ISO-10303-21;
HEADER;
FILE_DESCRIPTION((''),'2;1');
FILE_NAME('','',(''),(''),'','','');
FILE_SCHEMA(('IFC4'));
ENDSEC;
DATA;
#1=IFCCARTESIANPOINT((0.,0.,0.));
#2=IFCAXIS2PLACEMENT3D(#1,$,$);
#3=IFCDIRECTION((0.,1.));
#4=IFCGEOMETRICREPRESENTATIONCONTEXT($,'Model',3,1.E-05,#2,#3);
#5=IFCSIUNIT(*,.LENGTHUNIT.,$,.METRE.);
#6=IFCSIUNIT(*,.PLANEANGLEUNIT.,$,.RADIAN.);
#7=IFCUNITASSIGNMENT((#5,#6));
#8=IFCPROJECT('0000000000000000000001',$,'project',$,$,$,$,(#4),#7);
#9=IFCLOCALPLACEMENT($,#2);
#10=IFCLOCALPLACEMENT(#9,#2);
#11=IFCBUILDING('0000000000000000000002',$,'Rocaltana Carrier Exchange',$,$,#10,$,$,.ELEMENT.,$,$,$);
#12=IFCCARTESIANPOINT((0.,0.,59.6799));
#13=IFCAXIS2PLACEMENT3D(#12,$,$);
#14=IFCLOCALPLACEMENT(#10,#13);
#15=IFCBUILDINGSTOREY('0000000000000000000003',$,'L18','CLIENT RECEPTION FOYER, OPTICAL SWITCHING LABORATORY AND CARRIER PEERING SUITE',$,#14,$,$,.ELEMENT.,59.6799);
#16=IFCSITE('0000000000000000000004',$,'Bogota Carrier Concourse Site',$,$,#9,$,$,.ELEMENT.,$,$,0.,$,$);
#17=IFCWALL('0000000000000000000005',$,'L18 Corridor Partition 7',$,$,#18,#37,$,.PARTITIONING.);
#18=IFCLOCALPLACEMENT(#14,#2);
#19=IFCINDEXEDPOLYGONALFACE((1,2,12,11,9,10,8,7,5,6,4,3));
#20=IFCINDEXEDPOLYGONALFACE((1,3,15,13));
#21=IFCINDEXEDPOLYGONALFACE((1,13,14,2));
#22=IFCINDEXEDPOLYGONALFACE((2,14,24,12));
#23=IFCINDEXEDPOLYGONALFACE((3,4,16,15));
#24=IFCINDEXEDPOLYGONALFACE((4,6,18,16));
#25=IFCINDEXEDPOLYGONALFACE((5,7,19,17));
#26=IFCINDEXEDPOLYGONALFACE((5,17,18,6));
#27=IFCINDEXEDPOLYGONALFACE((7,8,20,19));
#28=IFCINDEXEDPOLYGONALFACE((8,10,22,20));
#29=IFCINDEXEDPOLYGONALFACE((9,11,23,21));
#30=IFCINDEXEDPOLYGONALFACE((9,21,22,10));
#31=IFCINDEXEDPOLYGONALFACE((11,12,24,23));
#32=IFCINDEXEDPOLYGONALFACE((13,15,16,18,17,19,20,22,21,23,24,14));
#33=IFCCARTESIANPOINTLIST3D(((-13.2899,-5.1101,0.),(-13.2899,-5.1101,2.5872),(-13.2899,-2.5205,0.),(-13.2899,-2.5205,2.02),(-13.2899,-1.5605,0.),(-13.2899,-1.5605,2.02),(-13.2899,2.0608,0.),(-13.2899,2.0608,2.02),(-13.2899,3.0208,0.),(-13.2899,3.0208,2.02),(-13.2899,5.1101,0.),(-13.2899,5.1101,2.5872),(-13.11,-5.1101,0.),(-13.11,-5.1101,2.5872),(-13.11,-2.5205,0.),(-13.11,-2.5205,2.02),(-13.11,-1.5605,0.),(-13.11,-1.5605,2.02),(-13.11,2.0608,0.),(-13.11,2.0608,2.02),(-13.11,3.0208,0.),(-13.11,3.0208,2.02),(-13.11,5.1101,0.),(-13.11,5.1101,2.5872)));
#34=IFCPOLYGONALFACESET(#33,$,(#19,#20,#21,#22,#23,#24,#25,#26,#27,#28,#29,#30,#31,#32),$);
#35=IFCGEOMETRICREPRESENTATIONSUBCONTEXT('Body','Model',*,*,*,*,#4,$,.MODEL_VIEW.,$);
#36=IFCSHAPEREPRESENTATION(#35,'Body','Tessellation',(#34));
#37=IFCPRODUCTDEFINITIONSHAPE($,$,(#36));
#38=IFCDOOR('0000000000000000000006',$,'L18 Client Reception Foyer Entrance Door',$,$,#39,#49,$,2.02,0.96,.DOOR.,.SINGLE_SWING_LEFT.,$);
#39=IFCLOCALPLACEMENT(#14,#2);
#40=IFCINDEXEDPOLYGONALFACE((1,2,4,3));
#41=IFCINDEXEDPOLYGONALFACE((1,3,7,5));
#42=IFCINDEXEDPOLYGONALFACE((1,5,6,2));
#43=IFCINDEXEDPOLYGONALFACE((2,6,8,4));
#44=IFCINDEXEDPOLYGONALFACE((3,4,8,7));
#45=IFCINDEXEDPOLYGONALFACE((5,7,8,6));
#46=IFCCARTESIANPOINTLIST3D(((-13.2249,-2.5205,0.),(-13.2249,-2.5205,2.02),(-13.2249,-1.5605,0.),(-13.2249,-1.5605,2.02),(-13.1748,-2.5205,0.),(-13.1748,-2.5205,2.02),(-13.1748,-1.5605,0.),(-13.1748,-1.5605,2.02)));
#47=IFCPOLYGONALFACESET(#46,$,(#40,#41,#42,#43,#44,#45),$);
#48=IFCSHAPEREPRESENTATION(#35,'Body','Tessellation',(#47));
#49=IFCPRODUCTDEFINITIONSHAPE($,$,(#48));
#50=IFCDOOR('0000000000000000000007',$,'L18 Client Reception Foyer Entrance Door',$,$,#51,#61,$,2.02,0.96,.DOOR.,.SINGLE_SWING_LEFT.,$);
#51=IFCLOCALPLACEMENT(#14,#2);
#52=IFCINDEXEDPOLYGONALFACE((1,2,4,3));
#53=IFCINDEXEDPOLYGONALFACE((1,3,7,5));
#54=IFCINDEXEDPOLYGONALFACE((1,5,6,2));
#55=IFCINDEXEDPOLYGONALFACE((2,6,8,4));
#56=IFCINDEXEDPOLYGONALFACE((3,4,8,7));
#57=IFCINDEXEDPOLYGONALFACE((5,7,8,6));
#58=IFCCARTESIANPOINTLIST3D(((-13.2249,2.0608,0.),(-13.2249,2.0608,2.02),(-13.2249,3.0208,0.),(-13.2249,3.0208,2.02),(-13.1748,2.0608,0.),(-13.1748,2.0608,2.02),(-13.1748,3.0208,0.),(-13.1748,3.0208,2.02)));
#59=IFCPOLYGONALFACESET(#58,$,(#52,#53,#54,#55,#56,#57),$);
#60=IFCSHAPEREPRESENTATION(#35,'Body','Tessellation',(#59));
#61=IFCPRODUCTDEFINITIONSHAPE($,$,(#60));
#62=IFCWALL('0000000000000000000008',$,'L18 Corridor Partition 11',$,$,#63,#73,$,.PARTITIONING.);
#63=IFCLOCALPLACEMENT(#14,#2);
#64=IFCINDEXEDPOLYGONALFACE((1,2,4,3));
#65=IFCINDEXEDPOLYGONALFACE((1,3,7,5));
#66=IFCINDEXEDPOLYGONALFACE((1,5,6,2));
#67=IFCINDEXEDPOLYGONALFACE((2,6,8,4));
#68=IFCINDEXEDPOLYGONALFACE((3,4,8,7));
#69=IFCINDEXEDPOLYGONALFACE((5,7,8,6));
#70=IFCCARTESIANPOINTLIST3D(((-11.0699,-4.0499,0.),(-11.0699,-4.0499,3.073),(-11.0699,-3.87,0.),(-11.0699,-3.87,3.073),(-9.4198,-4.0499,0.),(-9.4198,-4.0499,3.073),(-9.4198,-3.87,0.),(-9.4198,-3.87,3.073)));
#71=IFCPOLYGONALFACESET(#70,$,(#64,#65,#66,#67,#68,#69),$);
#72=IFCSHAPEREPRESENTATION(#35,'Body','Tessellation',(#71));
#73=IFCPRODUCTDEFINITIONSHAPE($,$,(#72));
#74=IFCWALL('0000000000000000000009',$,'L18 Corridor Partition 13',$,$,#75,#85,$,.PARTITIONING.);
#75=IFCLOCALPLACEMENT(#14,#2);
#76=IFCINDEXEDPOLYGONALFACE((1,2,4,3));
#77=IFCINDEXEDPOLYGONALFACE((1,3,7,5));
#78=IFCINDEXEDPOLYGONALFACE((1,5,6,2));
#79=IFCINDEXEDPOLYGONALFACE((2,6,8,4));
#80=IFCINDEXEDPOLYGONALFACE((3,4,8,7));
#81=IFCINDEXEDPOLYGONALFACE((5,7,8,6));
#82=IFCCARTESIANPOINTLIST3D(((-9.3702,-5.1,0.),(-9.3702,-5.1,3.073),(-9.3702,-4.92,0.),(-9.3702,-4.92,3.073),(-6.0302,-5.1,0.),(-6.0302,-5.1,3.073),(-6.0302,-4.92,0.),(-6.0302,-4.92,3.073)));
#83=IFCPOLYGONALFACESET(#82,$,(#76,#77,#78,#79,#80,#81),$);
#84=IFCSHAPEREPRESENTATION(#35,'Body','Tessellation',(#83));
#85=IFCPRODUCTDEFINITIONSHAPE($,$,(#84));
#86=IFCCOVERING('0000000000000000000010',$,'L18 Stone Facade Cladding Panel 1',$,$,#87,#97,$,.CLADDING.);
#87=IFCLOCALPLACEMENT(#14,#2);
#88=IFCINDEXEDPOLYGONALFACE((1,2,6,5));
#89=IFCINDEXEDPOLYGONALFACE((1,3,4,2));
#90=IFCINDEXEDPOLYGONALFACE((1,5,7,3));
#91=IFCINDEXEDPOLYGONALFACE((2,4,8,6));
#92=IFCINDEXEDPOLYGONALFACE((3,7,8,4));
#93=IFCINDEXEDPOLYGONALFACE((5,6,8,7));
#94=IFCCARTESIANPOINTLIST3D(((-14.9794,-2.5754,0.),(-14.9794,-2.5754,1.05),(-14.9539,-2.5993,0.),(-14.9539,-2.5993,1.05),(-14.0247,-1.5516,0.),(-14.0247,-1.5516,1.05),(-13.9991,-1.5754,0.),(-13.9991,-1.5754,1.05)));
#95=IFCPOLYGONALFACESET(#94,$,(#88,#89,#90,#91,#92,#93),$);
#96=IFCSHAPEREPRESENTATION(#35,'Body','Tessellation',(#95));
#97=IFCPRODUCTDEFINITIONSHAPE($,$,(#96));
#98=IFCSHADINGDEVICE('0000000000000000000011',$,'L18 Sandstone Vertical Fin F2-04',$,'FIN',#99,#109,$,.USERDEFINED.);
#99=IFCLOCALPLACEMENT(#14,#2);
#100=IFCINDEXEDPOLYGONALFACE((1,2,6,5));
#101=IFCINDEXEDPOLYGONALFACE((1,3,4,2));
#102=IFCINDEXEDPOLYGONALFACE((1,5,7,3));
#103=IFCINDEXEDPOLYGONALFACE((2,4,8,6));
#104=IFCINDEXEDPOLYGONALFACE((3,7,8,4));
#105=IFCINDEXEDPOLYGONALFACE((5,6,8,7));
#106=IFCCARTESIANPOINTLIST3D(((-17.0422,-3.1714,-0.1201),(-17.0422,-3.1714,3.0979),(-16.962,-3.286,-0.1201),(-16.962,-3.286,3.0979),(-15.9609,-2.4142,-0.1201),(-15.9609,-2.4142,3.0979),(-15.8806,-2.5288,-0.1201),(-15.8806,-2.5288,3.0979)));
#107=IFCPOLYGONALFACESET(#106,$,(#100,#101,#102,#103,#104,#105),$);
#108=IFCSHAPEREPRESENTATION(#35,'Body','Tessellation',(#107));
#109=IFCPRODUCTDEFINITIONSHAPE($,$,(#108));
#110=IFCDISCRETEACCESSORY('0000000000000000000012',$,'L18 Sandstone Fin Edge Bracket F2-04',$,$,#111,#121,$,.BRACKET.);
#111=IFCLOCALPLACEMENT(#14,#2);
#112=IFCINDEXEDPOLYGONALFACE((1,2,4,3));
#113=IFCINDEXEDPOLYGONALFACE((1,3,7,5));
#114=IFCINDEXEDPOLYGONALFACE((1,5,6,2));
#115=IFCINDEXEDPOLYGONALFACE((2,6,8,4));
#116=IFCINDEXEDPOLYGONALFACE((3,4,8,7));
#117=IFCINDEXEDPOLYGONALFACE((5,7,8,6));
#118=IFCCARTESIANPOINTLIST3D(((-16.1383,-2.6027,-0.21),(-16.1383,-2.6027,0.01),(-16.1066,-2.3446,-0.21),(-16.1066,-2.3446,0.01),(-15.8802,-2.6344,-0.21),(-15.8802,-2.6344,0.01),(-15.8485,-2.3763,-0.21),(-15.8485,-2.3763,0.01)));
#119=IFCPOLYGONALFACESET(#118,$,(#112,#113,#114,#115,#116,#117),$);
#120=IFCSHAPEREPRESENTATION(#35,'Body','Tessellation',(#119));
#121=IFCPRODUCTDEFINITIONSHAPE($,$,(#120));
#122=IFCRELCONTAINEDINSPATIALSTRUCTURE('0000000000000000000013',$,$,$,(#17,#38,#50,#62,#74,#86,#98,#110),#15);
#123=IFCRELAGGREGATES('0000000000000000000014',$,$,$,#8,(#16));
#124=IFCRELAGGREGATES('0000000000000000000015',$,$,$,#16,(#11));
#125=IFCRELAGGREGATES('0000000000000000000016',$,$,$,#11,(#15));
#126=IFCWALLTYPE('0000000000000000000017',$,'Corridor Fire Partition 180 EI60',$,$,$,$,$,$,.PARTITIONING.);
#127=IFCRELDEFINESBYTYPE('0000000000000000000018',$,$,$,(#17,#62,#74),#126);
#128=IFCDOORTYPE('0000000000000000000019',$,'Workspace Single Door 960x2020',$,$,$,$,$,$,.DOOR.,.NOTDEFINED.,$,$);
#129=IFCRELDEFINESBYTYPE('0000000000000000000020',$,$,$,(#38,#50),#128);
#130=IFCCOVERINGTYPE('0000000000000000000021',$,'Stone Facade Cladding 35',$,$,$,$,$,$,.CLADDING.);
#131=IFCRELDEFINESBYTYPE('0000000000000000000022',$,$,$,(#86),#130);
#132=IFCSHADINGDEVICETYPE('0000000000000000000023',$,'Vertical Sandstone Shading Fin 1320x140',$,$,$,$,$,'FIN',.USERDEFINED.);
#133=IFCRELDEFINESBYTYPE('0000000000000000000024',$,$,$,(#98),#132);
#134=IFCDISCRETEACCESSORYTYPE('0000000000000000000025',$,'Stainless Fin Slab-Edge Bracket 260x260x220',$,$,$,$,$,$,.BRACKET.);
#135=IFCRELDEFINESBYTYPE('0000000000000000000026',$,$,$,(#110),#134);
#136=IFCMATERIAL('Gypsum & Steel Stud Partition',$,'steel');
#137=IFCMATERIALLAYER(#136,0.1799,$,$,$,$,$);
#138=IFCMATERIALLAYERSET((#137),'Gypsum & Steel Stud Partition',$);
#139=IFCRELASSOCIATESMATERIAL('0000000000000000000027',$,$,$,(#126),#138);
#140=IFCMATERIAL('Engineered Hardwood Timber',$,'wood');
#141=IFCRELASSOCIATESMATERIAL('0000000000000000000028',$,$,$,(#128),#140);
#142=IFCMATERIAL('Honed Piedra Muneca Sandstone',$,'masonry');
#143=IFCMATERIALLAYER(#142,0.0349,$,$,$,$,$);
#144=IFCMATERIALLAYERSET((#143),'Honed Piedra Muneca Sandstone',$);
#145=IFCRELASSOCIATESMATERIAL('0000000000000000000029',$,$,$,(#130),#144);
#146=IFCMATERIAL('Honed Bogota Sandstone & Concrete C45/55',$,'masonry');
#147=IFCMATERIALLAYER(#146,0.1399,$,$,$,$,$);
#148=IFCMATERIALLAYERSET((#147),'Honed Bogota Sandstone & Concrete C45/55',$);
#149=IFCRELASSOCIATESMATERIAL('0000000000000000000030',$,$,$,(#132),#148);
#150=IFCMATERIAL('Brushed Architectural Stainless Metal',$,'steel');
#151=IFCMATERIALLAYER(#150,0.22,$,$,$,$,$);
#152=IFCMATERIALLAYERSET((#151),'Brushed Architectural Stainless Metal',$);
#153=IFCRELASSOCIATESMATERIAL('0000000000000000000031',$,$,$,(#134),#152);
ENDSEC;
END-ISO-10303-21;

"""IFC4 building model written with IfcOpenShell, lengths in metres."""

from ifc_helpers import new_model, si_unit, direction, frame, frame_2d, origin, origin_2d, place, context, subcontext, project, spatial, rectangle, extrude, material, layer, layer_set, type_object, element, fill, save


model = new_model("IFC4")

# Units and contexts
model_context = context("Model", 3, precision=1e-05, world=origin(), true_north=direction((0.0, 1.0)))
body_context = subcontext(model_context, "Body", "Model", "MODEL_VIEW")
ifc_project = project(units=[si_unit("LENGTHUNIT", "METRE"), si_unit("PLANEANGLEUNIT", "RADIAN")], contexts=[model_context])

# Site, building, storey
site_placement = place(None, origin())
site = spatial("IfcSite", under=ifc_project, at=site_placement, Name="Bogota Carrier Concourse Site", CompositionType="ELEMENT", RefElevation=0.0)
building_placement = place(site_placement, origin())
building = spatial("IfcBuilding", under=site, at=building_placement, Name="Rocaltana Carrier Exchange", CompositionType="ELEMENT")
storey_placement = place(building_placement, frame((0.0, 0.0, 59.6799)))
storey = spatial("IfcBuildingStorey", under=building, at=storey_placement, Name="L18", Description="CLIENT RECEPTION FOYER, OPTICAL SWITCHING LABORATORY AND CARRIER PEERING SUITE", CompositionType="ELEMENT", Elevation=59.6799)

# Wall, openings, doors
ifc_material_1 = material(Name="Gypsum & Steel Stud Partition", Category="steel")
ifc_layer_1 = layer(ifc_material_1, 0.1799)
ifc_layer_set_1 = layer_set([ifc_layer_1], Name="Gypsum & Steel Stud Partition")
wall_type_1 = type_object("IfcWallType", Name="Corridor Fire Partition 180 EI60", PredefinedType="PARTITIONING", material=ifc_layer_set_1)
wall_1_placement = place(storey_placement, frame((-13.2, -5.1101, 0.0), z_axis=(0.0, 0.0, 1.0), x_axis=(0.0, 1.0, 0.0)))
wall_1 = element("IfcWall", 1, at=wall_1_placement, inside=storey, type_object=wall_type_1, Name="L18 Corridor Partition 7", PredefinedType="PARTITIONING", context=body_context, shape_type="SweptSolid", body=[
    extrude(rectangle(XDim=10.2202, YDim=0.1799, at=frame_2d((5.1101, 0.0))), origin(), (0.0, 0.0, 1.0), 2.5872),
])
opening_1_placement = place(wall_1_placement, frame((2.5896, 0.0, 0.0)))
opening_1 = element("IfcOpeningElement", 2, at=opening_1_placement, cuts=wall_1, PredefinedType="OPENING", context=body_context, shape_type="SweptSolid", body=[
    extrude(rectangle(XDim=0.96, YDim=2.02, at=frame_2d((0.48, 1.01))), frame((0.0, 0.0999, 0.0), z_axis=(0.0, -1.0, 0.0), x_axis=(1.0, 0.0, 0.0)), (0.0, 0.0, 1.0), 0.2),
])
opening_2_placement = place(wall_1_placement, frame((7.1709, 0.0, 0.0)))
opening_2 = element("IfcOpeningElement", 3, at=opening_2_placement, cuts=wall_1, PredefinedType="OPENING", context=body_context, shape_type="SweptSolid", body=[
    extrude(rectangle(XDim=0.96, YDim=2.02, at=frame_2d((0.48, 1.01))), frame((0.0, 0.0999, 0.0), z_axis=(0.0, -1.0, 0.0), x_axis=(1.0, 0.0, 0.0)), (0.0, 0.0, 1.0), 0.2),
])
ifc_material_2 = material(Name="Engineered Hardwood Timber", Category="wood")
door_type = type_object("IfcDoorType", Name="Workspace Single Door 960x2020", OperationType="NOTDEFINED", PredefinedType="DOOR", material=ifc_material_2)
door_1_placement = place(opening_1_placement, origin())
door_1 = element("IfcDoor", 4, at=door_1_placement, inside=storey, type_object=door_type, Name="L18 Client Reception Foyer Entrance Door", OperationType="SINGLE_SWING_LEFT", OverallHeight=2.02, OverallWidth=0.96, PredefinedType="DOOR", context=body_context, shape_type="SweptSolid", body=[
    extrude(rectangle(XDim=0.96, YDim=2.02, at=frame_2d((0.48, 1.01))), frame((0.0, 0.0249, 0.0), z_axis=(0.0, -1.0, 0.0), x_axis=(1.0, 0.0, 0.0)), (0.0, 0.0, 1.0), 0.05),
])
fill(opening_1, door_1)
door_2_placement = place(opening_2_placement, origin())
door_2 = element("IfcDoor", 5, at=door_2_placement, inside=storey, type_object=door_type, Name="L18 Client Reception Foyer Entrance Door", OperationType="SINGLE_SWING_LEFT", OverallHeight=2.02, OverallWidth=0.96, PredefinedType="DOOR", context=body_context, shape_type="SweptSolid", body=[
    extrude(rectangle(XDim=0.96, YDim=2.02, at=frame_2d((0.48, 1.01))), frame((0.0, 0.0249, 0.0), z_axis=(0.0, -1.0, 0.0), x_axis=(1.0, 0.0, 0.0)), (0.0, 0.0, 1.0), 0.05),
])
fill(opening_2, door_2)

# Walls
wall_2_placement = place(storey_placement, frame((-11.0701, -3.96, 0.0), z_axis=(0.0, 0.0, 1.0), x_axis=(1.0, 0.0, 0.0)))
element("IfcWall", 6, at=wall_2_placement, inside=storey, type_object=wall_type_1, Name="L18 Corridor Partition 11", PredefinedType="PARTITIONING", context=body_context, shape_type="SweptSolid", body=[
    extrude(rectangle(XDim=1.6501, YDim=0.1799, at=frame_2d((0.8252, 0.0))), origin(), (0.0, 0.0, 1.0), 3.073),
])
wall_3_placement = place(storey_placement, frame((-9.3701, -5.01, 0.0), z_axis=(0.0, 0.0, 1.0), x_axis=(1.0, 0.0, 0.0)))
element("IfcWall", 7, at=wall_3_placement, inside=storey, type_object=wall_type_1, Name="L18 Corridor Partition 13", PredefinedType="PARTITIONING", context=body_context, shape_type="SweptSolid", body=[
    extrude(rectangle(XDim=3.3401, YDim=0.1799, at=frame_2d((1.6699, 0.0))), origin(), (0.0, 0.0, 1.0), 3.073),
])

# Covering
ifc_material_3 = material(Name="Honed Piedra Muneca Sandstone", Category="masonry")
ifc_layer_2 = layer(ifc_material_3, 0.0349)
ifc_layer_set_2 = layer_set([ifc_layer_2], Name="Honed Piedra Muneca Sandstone")
covering_type = type_object("IfcCoveringType", Name="Stone Facade Cladding 35", PredefinedType="CLADDING", material=ifc_layer_set_2)
covering_placement = place(storey_placement, frame((-14.4893, -2.0754, 0.0), z_axis=(0.0, 0.0, 1.0), x_axis=(0.681998, 0.731354, 0.0)))
element("IfcCovering", 8, at=covering_placement, inside=storey, type_object=covering_type, Name="L18 Stone Facade Cladding Panel 1", PredefinedType="CLADDING", context=body_context, shape_type="SweptSolid", body=[
    extrude(rectangle(XDim=1.3999, YDim=0.0349, at=origin_2d()), origin(), (0.0, 0.0, 1.0), 1.05),
])

# Shading device
ifc_material_4 = material(Name="Honed Bogota Sandstone & Concrete C45/55", Category="masonry")
ifc_layer_3 = layer(ifc_material_4, 0.1399)
ifc_layer_set_3 = layer_set([ifc_layer_3], Name="Honed Bogota Sandstone & Concrete C45/55")
shading_device_type = type_object("IfcShadingDeviceType", Name="Vertical Sandstone Shading Fin 1320x140", ElementType="FIN", PredefinedType="USERDEFINED", material=ifc_layer_set_3)
shading_device_placement = place(storey_placement, frame((-16.4614, -2.8501, -0.1201), z_axis=(0.0, 0.0, 1.0), x_axis=(-0.819152, -0.573576, 0.0)))
element("IfcShadingDevice", 9, at=shading_device_placement, inside=storey, type_object=shading_device_type, Name="L18 Sandstone Vertical Fin F2-04", ObjectType="FIN", PredefinedType="USERDEFINED", context=body_context, shape_type="SweptSolid", body=[
    extrude(rectangle(XDim=1.3201, YDim=0.1399, at=origin_2d()), origin(), (0.0, 0.0, 1.0), 3.218),
])

# Discrete accessory
ifc_material_5 = material(Name="Brushed Architectural Stainless Metal", Category="steel")
ifc_layer_4 = layer(ifc_material_5, 0.22)
ifc_layer_set_4 = layer_set([ifc_layer_4], Name="Brushed Architectural Stainless Metal")
discrete_accessory_type = type_object("IfcDiscreteAccessoryType", Name="Stainless Fin Slab-Edge Bracket 260x260x220", PredefinedType="BRACKET", material=ifc_layer_set_4)
discrete_accessory_placement = place(storey_placement, frame((-15.9934, -2.4895, -0.21), z_axis=(0.0, 0.0, 1.0), x_axis=(-0.121869, -0.992546, 0.0)))
element("IfcDiscreteAccessory", 10, at=discrete_accessory_placement, inside=storey, type_object=discrete_accessory_type, Name="L18 Sandstone Fin Edge Bracket F2-04", PredefinedType="BRACKET", context=body_context, shape_type="SweptSolid", body=[
    extrude(rectangle(XDim=0.26, YDim=0.26, at=origin_2d()), origin(), (0.0, 0.0, 1.0), 0.22),
])

save(model, "model.ifc")
